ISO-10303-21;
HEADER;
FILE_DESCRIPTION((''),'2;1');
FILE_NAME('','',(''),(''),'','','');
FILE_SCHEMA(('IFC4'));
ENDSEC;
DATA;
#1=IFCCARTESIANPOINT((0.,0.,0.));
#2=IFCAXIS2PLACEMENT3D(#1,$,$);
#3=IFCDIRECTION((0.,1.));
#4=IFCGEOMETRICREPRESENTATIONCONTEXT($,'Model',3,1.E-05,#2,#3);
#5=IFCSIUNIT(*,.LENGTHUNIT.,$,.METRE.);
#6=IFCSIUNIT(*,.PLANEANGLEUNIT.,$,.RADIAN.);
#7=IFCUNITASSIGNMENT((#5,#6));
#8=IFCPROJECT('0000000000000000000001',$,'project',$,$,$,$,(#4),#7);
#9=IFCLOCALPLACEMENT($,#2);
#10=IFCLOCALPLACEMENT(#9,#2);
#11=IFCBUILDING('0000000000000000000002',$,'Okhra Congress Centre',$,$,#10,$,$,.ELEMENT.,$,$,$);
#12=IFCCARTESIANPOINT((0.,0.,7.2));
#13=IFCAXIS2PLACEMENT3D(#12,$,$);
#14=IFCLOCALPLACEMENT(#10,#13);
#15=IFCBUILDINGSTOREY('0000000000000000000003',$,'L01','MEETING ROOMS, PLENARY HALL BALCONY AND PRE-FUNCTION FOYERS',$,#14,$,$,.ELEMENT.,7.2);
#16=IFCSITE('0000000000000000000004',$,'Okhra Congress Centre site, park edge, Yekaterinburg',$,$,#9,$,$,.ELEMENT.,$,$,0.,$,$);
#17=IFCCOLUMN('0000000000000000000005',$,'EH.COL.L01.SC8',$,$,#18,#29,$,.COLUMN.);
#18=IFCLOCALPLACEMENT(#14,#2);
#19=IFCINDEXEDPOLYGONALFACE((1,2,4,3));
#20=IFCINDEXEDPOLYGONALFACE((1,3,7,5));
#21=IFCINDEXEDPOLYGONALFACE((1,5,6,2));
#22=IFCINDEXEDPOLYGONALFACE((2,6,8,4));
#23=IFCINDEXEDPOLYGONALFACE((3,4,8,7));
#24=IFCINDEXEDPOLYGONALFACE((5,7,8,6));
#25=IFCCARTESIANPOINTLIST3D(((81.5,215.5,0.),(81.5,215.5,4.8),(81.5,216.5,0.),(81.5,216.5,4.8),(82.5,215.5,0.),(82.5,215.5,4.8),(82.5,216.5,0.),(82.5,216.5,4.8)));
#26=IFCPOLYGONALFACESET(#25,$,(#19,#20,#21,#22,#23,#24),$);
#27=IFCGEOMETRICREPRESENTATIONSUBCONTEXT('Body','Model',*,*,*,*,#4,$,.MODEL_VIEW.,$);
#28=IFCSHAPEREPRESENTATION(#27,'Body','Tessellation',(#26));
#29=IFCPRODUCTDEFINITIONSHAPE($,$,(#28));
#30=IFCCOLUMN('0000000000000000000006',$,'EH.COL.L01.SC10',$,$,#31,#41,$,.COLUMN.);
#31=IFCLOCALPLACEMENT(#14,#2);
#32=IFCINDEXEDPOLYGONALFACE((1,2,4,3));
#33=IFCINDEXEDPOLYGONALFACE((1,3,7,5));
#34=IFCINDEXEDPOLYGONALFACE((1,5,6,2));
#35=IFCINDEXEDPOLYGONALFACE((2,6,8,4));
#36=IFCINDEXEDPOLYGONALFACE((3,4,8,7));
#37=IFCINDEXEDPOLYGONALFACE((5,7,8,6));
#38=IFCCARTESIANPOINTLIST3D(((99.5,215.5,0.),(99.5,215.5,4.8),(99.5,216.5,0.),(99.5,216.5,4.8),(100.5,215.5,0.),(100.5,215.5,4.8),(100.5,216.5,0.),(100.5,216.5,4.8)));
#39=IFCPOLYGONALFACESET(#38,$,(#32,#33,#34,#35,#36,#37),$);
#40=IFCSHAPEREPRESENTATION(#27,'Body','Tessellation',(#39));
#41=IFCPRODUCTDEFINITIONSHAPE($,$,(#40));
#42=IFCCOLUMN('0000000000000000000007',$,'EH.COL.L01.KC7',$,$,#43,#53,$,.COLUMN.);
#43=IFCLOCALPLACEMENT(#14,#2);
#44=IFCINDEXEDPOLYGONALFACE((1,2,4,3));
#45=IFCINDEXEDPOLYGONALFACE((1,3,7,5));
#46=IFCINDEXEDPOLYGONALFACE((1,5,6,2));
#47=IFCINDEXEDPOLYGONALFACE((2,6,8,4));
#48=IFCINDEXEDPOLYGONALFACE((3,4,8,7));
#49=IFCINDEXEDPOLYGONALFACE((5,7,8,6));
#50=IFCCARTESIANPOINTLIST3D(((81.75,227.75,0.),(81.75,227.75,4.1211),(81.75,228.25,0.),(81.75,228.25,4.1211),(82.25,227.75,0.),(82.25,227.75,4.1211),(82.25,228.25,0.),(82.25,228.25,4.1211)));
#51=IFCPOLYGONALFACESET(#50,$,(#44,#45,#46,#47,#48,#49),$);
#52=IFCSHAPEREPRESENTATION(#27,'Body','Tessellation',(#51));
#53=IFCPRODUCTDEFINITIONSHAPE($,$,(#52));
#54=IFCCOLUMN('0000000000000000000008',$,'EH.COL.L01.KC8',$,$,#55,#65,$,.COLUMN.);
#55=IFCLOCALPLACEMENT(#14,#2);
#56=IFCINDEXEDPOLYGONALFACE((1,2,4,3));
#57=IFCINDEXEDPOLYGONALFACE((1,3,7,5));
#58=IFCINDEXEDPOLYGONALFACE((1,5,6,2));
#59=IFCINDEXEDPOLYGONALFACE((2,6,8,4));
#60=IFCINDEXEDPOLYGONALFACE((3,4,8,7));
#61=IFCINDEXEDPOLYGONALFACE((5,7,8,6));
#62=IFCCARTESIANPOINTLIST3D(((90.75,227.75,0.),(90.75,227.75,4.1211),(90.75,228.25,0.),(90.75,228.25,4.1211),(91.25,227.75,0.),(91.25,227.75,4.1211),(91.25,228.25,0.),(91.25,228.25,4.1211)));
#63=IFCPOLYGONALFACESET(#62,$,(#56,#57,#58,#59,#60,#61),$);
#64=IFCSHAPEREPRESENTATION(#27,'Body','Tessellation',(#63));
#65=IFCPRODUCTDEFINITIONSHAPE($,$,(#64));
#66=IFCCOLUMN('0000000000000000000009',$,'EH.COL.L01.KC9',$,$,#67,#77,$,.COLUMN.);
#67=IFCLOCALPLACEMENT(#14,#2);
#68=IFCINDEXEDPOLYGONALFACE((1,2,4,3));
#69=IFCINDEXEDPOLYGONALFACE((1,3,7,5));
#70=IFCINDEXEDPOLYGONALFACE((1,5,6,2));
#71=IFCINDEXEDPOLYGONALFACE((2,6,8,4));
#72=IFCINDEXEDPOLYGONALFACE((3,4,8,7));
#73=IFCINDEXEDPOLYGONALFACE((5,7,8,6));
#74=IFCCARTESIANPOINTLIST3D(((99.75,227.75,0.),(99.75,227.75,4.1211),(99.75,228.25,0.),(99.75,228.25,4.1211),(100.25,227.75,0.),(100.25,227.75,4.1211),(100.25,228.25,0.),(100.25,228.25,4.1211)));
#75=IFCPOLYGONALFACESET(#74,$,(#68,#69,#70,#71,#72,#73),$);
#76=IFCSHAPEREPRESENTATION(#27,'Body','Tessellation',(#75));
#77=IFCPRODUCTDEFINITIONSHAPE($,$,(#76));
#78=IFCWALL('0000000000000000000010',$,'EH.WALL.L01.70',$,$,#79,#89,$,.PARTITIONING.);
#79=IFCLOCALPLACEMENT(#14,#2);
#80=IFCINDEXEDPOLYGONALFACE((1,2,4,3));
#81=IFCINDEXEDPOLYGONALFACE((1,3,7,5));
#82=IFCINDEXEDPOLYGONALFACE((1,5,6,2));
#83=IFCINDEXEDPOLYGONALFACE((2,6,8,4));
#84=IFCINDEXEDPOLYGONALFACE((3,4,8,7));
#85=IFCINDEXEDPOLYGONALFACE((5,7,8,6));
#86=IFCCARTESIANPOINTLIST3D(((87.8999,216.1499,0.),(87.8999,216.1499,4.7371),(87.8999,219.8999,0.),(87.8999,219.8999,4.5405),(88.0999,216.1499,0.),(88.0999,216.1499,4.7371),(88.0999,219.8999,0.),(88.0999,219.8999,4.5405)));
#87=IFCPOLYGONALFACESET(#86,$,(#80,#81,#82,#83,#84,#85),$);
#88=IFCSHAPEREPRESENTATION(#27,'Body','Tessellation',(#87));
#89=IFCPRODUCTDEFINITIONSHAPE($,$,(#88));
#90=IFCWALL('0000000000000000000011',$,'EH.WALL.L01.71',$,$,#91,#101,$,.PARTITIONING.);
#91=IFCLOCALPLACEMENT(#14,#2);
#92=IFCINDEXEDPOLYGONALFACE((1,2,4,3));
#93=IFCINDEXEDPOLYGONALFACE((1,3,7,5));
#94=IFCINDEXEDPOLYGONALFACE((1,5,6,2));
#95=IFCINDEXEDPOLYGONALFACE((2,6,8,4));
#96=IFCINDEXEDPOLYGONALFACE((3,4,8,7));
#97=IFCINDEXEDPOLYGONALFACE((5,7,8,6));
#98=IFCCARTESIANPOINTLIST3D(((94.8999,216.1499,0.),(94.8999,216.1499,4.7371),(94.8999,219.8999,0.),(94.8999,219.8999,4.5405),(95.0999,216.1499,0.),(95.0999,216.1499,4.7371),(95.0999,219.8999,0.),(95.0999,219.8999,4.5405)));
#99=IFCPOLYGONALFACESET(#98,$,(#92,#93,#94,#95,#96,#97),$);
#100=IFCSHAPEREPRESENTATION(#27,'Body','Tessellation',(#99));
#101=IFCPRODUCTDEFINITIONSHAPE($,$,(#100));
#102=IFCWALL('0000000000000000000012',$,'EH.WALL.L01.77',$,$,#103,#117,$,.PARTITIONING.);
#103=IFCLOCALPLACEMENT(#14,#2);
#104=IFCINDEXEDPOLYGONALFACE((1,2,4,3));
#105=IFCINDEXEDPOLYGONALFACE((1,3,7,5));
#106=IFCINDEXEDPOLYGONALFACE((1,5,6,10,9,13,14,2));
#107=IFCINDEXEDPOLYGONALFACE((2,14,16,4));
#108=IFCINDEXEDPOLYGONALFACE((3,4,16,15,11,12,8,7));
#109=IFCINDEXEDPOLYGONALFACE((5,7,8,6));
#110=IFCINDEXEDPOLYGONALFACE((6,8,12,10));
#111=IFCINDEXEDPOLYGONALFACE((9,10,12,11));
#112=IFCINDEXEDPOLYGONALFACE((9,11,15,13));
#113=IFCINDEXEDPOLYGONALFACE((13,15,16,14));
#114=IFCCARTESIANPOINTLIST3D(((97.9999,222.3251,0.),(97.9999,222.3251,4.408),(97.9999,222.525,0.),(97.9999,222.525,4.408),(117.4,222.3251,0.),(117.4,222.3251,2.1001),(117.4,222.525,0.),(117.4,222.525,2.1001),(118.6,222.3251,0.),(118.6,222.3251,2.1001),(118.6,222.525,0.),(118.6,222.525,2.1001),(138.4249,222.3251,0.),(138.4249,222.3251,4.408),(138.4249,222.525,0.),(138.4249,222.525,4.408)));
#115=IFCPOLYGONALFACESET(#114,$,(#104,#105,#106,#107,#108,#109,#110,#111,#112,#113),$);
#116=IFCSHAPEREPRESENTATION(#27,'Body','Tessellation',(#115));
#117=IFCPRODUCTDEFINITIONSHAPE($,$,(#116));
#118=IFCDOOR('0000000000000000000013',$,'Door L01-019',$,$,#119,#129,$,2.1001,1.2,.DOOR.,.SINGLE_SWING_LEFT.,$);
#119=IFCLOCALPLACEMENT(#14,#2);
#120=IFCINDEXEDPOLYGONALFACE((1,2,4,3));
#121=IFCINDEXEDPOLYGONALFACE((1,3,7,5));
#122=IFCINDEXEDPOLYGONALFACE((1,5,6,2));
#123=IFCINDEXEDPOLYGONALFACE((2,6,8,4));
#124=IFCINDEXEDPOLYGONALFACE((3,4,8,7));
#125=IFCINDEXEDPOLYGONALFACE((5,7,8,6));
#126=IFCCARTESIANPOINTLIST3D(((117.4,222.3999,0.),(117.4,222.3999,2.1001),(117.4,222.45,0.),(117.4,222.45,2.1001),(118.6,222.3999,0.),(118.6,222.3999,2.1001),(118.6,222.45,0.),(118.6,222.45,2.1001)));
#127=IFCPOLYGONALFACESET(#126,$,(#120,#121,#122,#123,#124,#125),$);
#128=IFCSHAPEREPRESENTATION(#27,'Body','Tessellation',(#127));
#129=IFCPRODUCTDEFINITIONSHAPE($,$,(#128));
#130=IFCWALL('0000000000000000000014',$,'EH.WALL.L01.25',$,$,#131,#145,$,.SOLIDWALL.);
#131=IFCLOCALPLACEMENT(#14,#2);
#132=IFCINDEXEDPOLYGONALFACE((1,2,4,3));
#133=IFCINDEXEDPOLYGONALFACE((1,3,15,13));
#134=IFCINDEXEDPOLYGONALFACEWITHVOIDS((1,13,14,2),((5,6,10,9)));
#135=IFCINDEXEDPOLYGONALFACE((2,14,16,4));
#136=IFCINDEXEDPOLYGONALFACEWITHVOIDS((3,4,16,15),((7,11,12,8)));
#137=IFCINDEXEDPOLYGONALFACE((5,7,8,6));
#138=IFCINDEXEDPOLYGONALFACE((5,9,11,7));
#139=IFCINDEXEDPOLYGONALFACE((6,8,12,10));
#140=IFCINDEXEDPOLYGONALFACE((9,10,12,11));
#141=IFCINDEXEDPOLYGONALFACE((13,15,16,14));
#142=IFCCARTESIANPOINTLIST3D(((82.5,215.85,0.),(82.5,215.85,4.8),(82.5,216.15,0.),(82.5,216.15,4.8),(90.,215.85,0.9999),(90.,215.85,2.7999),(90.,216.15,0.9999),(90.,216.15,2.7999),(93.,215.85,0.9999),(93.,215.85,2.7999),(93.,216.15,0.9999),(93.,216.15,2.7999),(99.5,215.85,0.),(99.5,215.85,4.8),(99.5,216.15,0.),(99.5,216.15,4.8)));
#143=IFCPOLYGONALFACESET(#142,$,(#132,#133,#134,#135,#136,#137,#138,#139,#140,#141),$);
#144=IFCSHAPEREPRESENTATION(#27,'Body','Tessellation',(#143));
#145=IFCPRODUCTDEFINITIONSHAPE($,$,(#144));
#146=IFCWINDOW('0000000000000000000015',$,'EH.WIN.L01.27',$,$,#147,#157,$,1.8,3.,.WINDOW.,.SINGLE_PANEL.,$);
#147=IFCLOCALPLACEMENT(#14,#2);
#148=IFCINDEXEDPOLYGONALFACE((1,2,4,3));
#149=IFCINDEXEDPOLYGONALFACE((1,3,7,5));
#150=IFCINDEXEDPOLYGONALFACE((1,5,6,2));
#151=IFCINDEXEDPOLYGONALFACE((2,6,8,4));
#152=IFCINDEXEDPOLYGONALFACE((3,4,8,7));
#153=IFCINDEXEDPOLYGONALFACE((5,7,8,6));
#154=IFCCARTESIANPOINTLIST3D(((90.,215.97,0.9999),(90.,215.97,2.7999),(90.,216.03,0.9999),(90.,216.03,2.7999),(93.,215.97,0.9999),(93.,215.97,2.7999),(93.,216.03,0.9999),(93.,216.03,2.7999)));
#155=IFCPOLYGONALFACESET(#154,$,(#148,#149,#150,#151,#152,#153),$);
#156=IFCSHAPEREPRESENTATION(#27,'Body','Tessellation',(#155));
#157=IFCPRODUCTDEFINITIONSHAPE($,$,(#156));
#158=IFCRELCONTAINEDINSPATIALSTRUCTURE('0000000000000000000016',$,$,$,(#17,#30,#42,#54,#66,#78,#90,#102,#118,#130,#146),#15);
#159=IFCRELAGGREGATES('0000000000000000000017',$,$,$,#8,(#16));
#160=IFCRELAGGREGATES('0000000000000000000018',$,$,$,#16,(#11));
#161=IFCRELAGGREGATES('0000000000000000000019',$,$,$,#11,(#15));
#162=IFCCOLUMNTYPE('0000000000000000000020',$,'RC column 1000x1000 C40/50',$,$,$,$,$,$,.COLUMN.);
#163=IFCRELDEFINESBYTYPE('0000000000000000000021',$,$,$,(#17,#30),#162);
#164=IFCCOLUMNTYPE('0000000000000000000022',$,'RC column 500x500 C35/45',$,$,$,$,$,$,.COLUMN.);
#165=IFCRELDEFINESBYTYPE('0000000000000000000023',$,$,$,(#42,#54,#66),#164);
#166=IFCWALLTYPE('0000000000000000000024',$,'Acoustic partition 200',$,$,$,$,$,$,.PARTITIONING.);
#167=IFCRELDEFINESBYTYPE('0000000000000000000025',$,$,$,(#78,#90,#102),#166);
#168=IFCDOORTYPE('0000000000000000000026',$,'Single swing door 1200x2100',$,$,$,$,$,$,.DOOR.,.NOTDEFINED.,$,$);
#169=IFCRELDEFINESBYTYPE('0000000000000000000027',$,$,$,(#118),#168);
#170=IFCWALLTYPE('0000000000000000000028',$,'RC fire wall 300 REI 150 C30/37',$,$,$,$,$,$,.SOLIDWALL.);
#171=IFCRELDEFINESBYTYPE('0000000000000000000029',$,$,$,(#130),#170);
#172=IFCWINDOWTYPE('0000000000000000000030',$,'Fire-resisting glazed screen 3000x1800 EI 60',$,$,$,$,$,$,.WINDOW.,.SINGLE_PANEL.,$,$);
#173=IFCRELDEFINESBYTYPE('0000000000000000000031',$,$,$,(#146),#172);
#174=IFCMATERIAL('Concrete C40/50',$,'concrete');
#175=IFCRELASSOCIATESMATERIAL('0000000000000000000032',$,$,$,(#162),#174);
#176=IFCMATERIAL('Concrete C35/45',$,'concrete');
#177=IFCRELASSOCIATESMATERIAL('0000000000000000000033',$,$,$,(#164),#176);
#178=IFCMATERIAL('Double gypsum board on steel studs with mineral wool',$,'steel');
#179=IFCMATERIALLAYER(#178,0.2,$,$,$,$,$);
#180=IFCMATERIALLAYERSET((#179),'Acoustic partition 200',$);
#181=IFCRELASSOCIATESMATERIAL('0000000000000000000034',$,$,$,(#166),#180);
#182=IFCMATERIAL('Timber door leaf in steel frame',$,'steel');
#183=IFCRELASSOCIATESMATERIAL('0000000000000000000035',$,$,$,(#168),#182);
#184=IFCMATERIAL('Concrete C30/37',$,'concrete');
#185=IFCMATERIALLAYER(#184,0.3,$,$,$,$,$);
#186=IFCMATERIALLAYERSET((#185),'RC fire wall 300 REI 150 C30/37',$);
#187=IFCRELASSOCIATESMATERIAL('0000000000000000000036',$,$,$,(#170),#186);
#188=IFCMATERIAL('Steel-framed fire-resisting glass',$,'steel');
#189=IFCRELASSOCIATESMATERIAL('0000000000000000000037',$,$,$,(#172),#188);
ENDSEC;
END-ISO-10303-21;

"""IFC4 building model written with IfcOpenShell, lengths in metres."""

from ifc_helpers import new_model, si_unit, direction, frame, frame_2d, origin, origin_2d, place, context, subcontext, project, spatial, polyline, rectangle, outline, extrude, material, layer, layer_set, material_profile, profile_set, type_object, element, fill, save


model = new_model("IFC4")

# Units and contexts
model_context = context("Model", 3, precision=1e-05, world=origin(), true_north=direction((0.0, 1.0)))
body_context = subcontext(model_context, "Body", "Model", "MODEL_VIEW")
ifc_project = project(units=[si_unit("LENGTHUNIT", "METRE"), si_unit("PLANEANGLEUNIT", "RADIAN")], contexts=[model_context])

# Site, building, storey
site_placement = place(None, origin())
site = spatial("IfcSite", under=ifc_project, at=site_placement, Name="Okhra Congress Centre site, park edge, Yekaterinburg", CompositionType="ELEMENT", RefElevation=0.0)
building_placement = place(site_placement, origin())
building = spatial("IfcBuilding", under=site, at=building_placement, Name="Okhra Congress Centre", CompositionType="ELEMENT")
storey_placement = place(building_placement, frame((0.0, 0.0, 7.2)))
storey = spatial("IfcBuildingStorey", under=building, at=storey_placement, Name="L01", Description="MEETING ROOMS, PLENARY HALL BALCONY AND PRE-FUNCTION FOYERS", CompositionType="ELEMENT", Elevation=7.2)

# Columns
ifc_material_1 = material(Name="Concrete C40/50", Category="concrete")
ifc_material_profile_1 = material_profile(ifc_material_1, rectangle(XDim=1.0, YDim=1.0, at=origin_2d()), Name="RC 1000x1000")
ifc_profile_set_1 = profile_set([ifc_material_profile_1], Name="Concrete C40/50")
column_type_1 = type_object("IfcColumnType", Name="RC column 1000x1000 C40/50", PredefinedType="COLUMN", material=ifc_profile_set_1)
for number, where, z_axis, x_axis, name in (
    (1, (82.0, 216.0, 0.0), (0.0, 0.0, 1.0), (1.0, 0.0, 0.0), "EH.COL.L01.SC8"),
    (2, (100.0, 216.0, 0.0), (0.0, 0.0, 1.0), (1.0, 0.0, 0.0), "EH.COL.L01.SC10"),
):
    element("IfcColumn", number, at=place(storey_placement, frame(where, z_axis=z_axis, x_axis=x_axis)), inside=storey, type_object=column_type_1, Name=name, PredefinedType="COLUMN", context=body_context, shape_type="SweptSolid", body=[
        extrude(rectangle(XDim=1.0, YDim=1.0, at=origin_2d()), origin(), (0.0, 0.0, 1.0), 4.8),
    ])
ifc_material_2 = material(Name="Concrete C35/45", Category="concrete")
ifc_material_profile_2 = material_profile(ifc_material_2, rectangle(XDim=0.5, YDim=0.5, at=origin_2d()), Name="RC 500x500")
ifc_profile_set_2 = profile_set([ifc_material_profile_2], Name="Concrete C35/45")
column_type_2 = type_object("IfcColumnType", Name="RC column 500x500 C35/45", PredefinedType="COLUMN", material=ifc_profile_set_2)
for number, where, z_axis, x_axis, name in (
    (3, (82.0, 228.0, 0.0), (0.0, 0.0, 1.0), (1.0, 0.0, 0.0), "EH.COL.L01.KC7"),
    (4, (91.0, 228.0, 0.0), (0.0, 0.0, 1.0), (1.0, 0.0, 0.0), "EH.COL.L01.KC8"),
    (5, (100.0, 228.0, 0.0), (0.0, 0.0, 1.0), (1.0, 0.0, 0.0), "EH.COL.L01.KC9"),
):
    element("IfcColumn", number, at=place(storey_placement, frame(where, z_axis=z_axis, x_axis=x_axis)), inside=storey, type_object=column_type_2, Name=name, PredefinedType="COLUMN", context=body_context, shape_type="SweptSolid", body=[
        extrude(rectangle(XDim=0.5, YDim=0.5, at=origin_2d()), origin(), (0.0, 0.0, 1.0), 4.1211),
    ])

# Walls
ifc_material_3 = material(Name="Double gypsum board on steel studs with mineral wool", Category="steel")
ifc_layer_1 = layer(ifc_material_3, 0.2)
ifc_layer_set_1 = layer_set([ifc_layer_1], Name="Acoustic partition 200")
wall_type_1 = type_object("IfcWallType", Name="Acoustic partition 200", PredefinedType="PARTITIONING", material=ifc_layer_set_1)
for number, where, z_axis, x_axis, name in (
    (6, (88.0, 216.1499, 0.0), (0.0, 0.0, 1.0), (0.0, 1.0, 0.0), "EH.WALL.L01.70"),
    (7, (95.0, 216.1499, 0.0), (0.0, 0.0, 1.0), (0.0, 1.0, 0.0), "EH.WALL.L01.71"),
):
    element("IfcWall", number, at=place(storey_placement, frame(where, z_axis=z_axis, x_axis=x_axis)), inside=storey, type_object=wall_type_1, Name=name, PredefinedType="PARTITIONING", context=body_context, shape_type="SweptSolid", body=[
        extrude(outline(polyline([(0.0, 0.0), (3.75, 0.0), (3.75, 4.5405), (0.0, 4.7371), (0.0, 0.0)])), frame((0.0, 0.1001, 0.0), z_axis=(0.0, -1.0, 0.0), x_axis=(1.0, 0.0, 0.0)), (0.0, 0.0, 1.0), 0.2),
    ])

# Wall, opening, door
wall_1_placement = place(storey_placement, frame((98.0, 222.425, 0.0), z_axis=(0.0, 0.0, 1.0), x_axis=(1.0, 0.0, 0.0)))
wall_1 = element("IfcWall", 8, at=wall_1_placement, inside=storey, type_object=wall_type_1, Name="EH.WALL.L01.77", PredefinedType="PARTITIONING", context=body_context, shape_type="SweptSolid", body=[
    extrude(rectangle(XDim=40.425, YDim=0.2, at=frame_2d((20.2124, 0.0))), origin(), (0.0, 0.0, 1.0), 4.408),
])
opening_1_placement = place(wall_1_placement, frame((19.3999, 0.0, 0.0)))
opening_1 = element("IfcOpeningElement", 9, at=opening_1_placement, cuts=wall_1, PredefinedType="OPENING", context=body_context, shape_type="SweptSolid", body=[
    extrude(rectangle(XDim=1.2, YDim=2.1001, at=frame_2d((0.6001, 1.05))), frame((0.0, 0.1099, 0.0), z_axis=(0.0, -1.0, 0.0), x_axis=(1.0, 0.0, 0.0)), (0.0, 0.0, 1.0), 0.22),
])
ifc_material_4 = material(Name="Timber door leaf in steel frame", Category="steel")
door_type_1 = type_object("IfcDoorType", Name="Single swing door 1200x2100", OperationType="NOTDEFINED", PredefinedType="DOOR", material=ifc_material_4)
door_1_placement = place(opening_1_placement, origin())
door_1 = element("IfcDoor", 10, at=door_1_placement, inside=storey, type_object=door_type_1, Name="Door L01-019", OperationType="SINGLE_SWING_LEFT", OverallHeight=2.1001, OverallWidth=1.2, PredefinedType="DOOR", context=body_context, shape_type="SweptSolid", body=[
    extrude(rectangle(XDim=1.2, YDim=2.1001, at=frame_2d((0.6001, 1.05))), frame((0.0, 0.0249, 0.0), z_axis=(0.0, -1.0, 0.0), x_axis=(1.0, 0.0, 0.0)), (0.0, 0.0, 1.0), 0.05),
])
fill(opening_1, door_1)

# Wall, opening, window
ifc_material_5 = material(Name="Concrete C30/37", Category="concrete")
ifc_layer_2 = layer(ifc_material_5, 0.3)
ifc_layer_set_2 = layer_set([ifc_layer_2], Name="RC fire wall 300 REI 150 C30/37")
wall_type_2 = type_object("IfcWallType", Name="RC fire wall 300 REI 150 C30/37", PredefinedType="SOLIDWALL", material=ifc_layer_set_2)
wall_2_placement = place(storey_placement, frame((82.5, 216.0, 0.0), z_axis=(0.0, 0.0, 1.0), x_axis=(1.0, 0.0, 0.0)))
wall_2 = element("IfcWall", 11, at=wall_2_placement, inside=storey, type_object=wall_type_2, Name="EH.WALL.L01.25", PredefinedType="SOLIDWALL", context=body_context, shape_type="SweptSolid", body=[
    extrude(rectangle(XDim=17.0, YDim=0.3, at=frame_2d((8.5, 0.0))), origin(), (0.0, 0.0, 1.0), 4.8),
])
opening_2_placement = place(wall_2_placement, frame((7.5, 0.0, 1.0)))
opening_2 = element("IfcOpeningElement", 12, at=opening_2_placement, cuts=wall_2, PredefinedType="OPENING", context=body_context, shape_type="SweptSolid", body=[
    extrude(rectangle(XDim=3.0, YDim=1.8, at=frame_2d((1.5, 0.8999))), frame((0.0, 0.1599, 0.0), z_axis=(0.0, -1.0, 0.0), x_axis=(1.0, 0.0, 0.0)), (0.0, 0.0, 1.0), 0.3201),
])
ifc_material_6 = material(Name="Steel-framed fire-resisting glass", Category="steel")
window_type = type_object("IfcWindowType", Name="Fire-resisting glazed screen 3000x1800 EI 60", PartitioningType="SINGLE_PANEL", PredefinedType="WINDOW", material=ifc_material_6)
window_placement = place(opening_2_placement, origin())
window = element("IfcWindow", 13, at=window_placement, inside=storey, type_object=window_type, Name="EH.WIN.L01.27", OverallHeight=1.8, OverallWidth=3.0, PartitioningType="SINGLE_PANEL", PredefinedType="WINDOW", context=body_context, shape_type="SweptSolid", body=[
    extrude(rectangle(XDim=3.0, YDim=1.8, at=frame_2d((1.5, 0.8999))), frame((0.0, 0.03, 0.0), z_axis=(0.0, -1.0, 0.0), x_axis=(1.0, 0.0, 0.0)), (0.0, 0.0, 1.0), 0.0601),
])
fill(opening_2, window)

save(model, "model.ifc")
